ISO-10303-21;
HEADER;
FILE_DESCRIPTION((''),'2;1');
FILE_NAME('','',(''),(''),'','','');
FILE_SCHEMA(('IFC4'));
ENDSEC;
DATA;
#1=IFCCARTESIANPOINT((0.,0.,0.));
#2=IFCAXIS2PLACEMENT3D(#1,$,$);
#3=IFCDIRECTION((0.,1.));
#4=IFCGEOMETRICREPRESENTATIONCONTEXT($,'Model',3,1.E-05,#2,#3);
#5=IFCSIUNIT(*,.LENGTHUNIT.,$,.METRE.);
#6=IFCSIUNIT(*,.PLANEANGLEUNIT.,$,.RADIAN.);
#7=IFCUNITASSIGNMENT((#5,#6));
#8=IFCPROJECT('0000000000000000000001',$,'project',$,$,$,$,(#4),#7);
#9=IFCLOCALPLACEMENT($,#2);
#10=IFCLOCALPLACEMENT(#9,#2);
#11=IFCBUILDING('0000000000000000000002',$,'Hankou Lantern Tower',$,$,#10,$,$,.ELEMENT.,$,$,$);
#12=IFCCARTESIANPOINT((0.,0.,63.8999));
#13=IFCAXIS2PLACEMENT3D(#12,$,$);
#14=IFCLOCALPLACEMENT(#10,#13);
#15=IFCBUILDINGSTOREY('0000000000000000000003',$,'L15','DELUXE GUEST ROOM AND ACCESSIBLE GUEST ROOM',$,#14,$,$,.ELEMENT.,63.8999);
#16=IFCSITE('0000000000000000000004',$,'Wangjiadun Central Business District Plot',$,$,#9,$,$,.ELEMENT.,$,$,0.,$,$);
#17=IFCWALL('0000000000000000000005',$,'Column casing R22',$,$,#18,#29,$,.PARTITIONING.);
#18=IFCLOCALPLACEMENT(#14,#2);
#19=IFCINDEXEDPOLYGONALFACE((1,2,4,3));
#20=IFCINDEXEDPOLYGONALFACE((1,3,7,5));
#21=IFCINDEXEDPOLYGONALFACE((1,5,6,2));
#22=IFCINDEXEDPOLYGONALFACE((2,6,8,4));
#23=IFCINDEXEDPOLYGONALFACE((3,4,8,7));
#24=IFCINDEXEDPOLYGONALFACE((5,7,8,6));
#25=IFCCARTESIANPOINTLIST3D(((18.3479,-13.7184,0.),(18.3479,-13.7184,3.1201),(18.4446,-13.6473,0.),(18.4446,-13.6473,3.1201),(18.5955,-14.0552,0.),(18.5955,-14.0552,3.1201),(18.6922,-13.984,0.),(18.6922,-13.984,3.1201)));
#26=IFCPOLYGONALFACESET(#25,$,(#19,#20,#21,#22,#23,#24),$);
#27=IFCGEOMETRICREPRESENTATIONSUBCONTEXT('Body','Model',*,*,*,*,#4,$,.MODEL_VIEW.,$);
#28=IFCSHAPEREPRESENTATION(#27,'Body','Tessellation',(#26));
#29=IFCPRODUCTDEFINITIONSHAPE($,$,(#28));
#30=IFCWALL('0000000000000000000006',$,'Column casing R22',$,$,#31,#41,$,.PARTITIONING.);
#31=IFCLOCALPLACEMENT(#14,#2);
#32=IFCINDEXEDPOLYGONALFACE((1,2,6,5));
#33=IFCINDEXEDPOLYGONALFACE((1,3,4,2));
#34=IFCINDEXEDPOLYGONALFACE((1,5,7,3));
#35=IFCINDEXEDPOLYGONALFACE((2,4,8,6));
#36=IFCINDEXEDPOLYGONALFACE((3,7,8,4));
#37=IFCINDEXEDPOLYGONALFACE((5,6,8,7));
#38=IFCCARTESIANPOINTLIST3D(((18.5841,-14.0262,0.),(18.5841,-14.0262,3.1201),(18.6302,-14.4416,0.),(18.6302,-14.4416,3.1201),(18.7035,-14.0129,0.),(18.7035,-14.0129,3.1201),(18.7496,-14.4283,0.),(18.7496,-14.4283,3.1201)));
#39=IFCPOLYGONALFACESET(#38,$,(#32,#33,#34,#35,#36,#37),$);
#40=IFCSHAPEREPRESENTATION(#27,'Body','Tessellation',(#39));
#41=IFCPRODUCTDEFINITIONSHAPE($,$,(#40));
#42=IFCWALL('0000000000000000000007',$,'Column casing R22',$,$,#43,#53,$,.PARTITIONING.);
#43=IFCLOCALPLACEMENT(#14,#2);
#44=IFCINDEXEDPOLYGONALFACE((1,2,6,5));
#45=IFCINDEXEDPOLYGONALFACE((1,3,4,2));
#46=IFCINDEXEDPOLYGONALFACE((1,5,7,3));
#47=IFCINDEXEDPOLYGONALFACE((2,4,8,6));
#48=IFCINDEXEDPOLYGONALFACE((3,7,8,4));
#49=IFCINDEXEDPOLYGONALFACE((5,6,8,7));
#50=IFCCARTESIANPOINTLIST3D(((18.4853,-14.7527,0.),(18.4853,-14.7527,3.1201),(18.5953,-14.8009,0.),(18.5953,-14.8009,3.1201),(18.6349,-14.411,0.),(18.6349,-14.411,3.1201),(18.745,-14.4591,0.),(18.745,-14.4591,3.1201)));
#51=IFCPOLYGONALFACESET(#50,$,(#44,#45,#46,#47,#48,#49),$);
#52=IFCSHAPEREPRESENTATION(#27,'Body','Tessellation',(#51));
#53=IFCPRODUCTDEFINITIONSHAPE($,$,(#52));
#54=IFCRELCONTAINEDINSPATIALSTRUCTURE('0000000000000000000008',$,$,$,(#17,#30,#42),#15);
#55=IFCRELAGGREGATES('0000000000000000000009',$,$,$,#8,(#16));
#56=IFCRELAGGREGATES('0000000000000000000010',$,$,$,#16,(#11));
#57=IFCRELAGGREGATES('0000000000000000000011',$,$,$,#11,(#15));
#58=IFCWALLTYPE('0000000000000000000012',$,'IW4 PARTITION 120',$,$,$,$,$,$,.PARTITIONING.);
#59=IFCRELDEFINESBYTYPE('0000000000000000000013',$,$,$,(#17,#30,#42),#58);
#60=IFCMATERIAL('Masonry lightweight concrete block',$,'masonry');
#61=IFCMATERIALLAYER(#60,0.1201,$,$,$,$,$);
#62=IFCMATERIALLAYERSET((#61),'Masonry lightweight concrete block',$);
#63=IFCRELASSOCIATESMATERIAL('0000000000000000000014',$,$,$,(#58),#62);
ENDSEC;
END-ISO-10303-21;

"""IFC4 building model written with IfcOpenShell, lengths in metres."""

from ifc_helpers import new_model, si_unit, direction, frame, frame_2d, origin, place, context, subcontext, project, spatial, rectangle, extrude, material, layer, layer_set, type_object, element, save


model = new_model("IFC4")

# Units and contexts
model_context = context("Model", 3, precision=1e-05, world=origin(), true_north=direction((0.0, 1.0)))
body_context = subcontext(model_context, "Body", "Model", "MODEL_VIEW")
ifc_project = project(units=[si_unit("LENGTHUNIT", "METRE"), si_unit("PLANEANGLEUNIT", "RADIAN")], contexts=[model_context])

# Site, building, storey
site_placement = place(None, origin())
site = spatial("IfcSite", under=ifc_project, at=site_placement, Name="Wangjiadun Central Business District Plot", CompositionType="ELEMENT", RefElevation=0.0)
building_placement = place(site_placement, origin())
building = spatial("IfcBuilding", under=site, at=building_placement, Name="Hankou Lantern Tower", CompositionType="ELEMENT")
storey_placement = place(building_placement, frame((0.0, 0.0, 63.8999)))
storey = spatial("IfcBuildingStorey", under=building, at=storey_placement, Name="L15", Description="DELUXE GUEST ROOM AND ACCESSIBLE GUEST ROOM", CompositionType="ELEMENT", Elevation=63.8999)

# Walls
ifc_material_1 = material(Name="Masonry lightweight concrete block", Category="masonry")
ifc_layer_1 = layer(ifc_material_1, 0.1201)
ifc_layer_set_1 = layer_set([ifc_layer_1], Name="Masonry lightweight concrete block")
wall_type_1 = type_object("IfcWallType", Name="IW4 PARTITION 120", PredefinedType="PARTITIONING", material=ifc_layer_set_1)
for number, where, z_axis, x_axis, name in (
    (1, (18.3962, -13.6829, 0.0), (0.0, 0.0, 1.0), (0.592402, -0.805643, 0.0), "Column casing R22"),
    (2, (18.6438, -14.0195, 0.0), (0.0, 0.0, 1.0), (0.110367, -0.993891, 0.0), "Column casing R22"),
):
    element("IfcWall", number, at=place(storey_placement, frame(where, z_axis=z_axis, x_axis=x_axis)), inside=storey, type_object=wall_type_1, Name=name, PredefinedType="PARTITIONING", context=body_context, shape_type="SweptSolid", body=[
        extrude(rectangle(XDim=0.418, YDim=0.1201, at=frame_2d((0.209, 0.0))), origin(), (0.0, 0.0, 1.0), 3.1201),
    ])
wall_1_placement = place(storey_placement, frame((18.6899, -14.4351, 0.0), z_axis=(0.0, 0.0, 1.0), x_axis=(-0.401093, -0.916037, 0.0)))
element("IfcWall", 3, at=wall_1_placement, inside=storey, type_object=wall_type_1, Name="Column casing R22", PredefinedType="PARTITIONING", context=body_context, shape_type="SweptSolid", body=[
    extrude(rectangle(XDim=0.373, YDim=0.1201, at=frame_2d((0.1865, 0.0))), origin(), (0.0, 0.0, 1.0), 3.1201),
])

save(model, "model.ifc")
